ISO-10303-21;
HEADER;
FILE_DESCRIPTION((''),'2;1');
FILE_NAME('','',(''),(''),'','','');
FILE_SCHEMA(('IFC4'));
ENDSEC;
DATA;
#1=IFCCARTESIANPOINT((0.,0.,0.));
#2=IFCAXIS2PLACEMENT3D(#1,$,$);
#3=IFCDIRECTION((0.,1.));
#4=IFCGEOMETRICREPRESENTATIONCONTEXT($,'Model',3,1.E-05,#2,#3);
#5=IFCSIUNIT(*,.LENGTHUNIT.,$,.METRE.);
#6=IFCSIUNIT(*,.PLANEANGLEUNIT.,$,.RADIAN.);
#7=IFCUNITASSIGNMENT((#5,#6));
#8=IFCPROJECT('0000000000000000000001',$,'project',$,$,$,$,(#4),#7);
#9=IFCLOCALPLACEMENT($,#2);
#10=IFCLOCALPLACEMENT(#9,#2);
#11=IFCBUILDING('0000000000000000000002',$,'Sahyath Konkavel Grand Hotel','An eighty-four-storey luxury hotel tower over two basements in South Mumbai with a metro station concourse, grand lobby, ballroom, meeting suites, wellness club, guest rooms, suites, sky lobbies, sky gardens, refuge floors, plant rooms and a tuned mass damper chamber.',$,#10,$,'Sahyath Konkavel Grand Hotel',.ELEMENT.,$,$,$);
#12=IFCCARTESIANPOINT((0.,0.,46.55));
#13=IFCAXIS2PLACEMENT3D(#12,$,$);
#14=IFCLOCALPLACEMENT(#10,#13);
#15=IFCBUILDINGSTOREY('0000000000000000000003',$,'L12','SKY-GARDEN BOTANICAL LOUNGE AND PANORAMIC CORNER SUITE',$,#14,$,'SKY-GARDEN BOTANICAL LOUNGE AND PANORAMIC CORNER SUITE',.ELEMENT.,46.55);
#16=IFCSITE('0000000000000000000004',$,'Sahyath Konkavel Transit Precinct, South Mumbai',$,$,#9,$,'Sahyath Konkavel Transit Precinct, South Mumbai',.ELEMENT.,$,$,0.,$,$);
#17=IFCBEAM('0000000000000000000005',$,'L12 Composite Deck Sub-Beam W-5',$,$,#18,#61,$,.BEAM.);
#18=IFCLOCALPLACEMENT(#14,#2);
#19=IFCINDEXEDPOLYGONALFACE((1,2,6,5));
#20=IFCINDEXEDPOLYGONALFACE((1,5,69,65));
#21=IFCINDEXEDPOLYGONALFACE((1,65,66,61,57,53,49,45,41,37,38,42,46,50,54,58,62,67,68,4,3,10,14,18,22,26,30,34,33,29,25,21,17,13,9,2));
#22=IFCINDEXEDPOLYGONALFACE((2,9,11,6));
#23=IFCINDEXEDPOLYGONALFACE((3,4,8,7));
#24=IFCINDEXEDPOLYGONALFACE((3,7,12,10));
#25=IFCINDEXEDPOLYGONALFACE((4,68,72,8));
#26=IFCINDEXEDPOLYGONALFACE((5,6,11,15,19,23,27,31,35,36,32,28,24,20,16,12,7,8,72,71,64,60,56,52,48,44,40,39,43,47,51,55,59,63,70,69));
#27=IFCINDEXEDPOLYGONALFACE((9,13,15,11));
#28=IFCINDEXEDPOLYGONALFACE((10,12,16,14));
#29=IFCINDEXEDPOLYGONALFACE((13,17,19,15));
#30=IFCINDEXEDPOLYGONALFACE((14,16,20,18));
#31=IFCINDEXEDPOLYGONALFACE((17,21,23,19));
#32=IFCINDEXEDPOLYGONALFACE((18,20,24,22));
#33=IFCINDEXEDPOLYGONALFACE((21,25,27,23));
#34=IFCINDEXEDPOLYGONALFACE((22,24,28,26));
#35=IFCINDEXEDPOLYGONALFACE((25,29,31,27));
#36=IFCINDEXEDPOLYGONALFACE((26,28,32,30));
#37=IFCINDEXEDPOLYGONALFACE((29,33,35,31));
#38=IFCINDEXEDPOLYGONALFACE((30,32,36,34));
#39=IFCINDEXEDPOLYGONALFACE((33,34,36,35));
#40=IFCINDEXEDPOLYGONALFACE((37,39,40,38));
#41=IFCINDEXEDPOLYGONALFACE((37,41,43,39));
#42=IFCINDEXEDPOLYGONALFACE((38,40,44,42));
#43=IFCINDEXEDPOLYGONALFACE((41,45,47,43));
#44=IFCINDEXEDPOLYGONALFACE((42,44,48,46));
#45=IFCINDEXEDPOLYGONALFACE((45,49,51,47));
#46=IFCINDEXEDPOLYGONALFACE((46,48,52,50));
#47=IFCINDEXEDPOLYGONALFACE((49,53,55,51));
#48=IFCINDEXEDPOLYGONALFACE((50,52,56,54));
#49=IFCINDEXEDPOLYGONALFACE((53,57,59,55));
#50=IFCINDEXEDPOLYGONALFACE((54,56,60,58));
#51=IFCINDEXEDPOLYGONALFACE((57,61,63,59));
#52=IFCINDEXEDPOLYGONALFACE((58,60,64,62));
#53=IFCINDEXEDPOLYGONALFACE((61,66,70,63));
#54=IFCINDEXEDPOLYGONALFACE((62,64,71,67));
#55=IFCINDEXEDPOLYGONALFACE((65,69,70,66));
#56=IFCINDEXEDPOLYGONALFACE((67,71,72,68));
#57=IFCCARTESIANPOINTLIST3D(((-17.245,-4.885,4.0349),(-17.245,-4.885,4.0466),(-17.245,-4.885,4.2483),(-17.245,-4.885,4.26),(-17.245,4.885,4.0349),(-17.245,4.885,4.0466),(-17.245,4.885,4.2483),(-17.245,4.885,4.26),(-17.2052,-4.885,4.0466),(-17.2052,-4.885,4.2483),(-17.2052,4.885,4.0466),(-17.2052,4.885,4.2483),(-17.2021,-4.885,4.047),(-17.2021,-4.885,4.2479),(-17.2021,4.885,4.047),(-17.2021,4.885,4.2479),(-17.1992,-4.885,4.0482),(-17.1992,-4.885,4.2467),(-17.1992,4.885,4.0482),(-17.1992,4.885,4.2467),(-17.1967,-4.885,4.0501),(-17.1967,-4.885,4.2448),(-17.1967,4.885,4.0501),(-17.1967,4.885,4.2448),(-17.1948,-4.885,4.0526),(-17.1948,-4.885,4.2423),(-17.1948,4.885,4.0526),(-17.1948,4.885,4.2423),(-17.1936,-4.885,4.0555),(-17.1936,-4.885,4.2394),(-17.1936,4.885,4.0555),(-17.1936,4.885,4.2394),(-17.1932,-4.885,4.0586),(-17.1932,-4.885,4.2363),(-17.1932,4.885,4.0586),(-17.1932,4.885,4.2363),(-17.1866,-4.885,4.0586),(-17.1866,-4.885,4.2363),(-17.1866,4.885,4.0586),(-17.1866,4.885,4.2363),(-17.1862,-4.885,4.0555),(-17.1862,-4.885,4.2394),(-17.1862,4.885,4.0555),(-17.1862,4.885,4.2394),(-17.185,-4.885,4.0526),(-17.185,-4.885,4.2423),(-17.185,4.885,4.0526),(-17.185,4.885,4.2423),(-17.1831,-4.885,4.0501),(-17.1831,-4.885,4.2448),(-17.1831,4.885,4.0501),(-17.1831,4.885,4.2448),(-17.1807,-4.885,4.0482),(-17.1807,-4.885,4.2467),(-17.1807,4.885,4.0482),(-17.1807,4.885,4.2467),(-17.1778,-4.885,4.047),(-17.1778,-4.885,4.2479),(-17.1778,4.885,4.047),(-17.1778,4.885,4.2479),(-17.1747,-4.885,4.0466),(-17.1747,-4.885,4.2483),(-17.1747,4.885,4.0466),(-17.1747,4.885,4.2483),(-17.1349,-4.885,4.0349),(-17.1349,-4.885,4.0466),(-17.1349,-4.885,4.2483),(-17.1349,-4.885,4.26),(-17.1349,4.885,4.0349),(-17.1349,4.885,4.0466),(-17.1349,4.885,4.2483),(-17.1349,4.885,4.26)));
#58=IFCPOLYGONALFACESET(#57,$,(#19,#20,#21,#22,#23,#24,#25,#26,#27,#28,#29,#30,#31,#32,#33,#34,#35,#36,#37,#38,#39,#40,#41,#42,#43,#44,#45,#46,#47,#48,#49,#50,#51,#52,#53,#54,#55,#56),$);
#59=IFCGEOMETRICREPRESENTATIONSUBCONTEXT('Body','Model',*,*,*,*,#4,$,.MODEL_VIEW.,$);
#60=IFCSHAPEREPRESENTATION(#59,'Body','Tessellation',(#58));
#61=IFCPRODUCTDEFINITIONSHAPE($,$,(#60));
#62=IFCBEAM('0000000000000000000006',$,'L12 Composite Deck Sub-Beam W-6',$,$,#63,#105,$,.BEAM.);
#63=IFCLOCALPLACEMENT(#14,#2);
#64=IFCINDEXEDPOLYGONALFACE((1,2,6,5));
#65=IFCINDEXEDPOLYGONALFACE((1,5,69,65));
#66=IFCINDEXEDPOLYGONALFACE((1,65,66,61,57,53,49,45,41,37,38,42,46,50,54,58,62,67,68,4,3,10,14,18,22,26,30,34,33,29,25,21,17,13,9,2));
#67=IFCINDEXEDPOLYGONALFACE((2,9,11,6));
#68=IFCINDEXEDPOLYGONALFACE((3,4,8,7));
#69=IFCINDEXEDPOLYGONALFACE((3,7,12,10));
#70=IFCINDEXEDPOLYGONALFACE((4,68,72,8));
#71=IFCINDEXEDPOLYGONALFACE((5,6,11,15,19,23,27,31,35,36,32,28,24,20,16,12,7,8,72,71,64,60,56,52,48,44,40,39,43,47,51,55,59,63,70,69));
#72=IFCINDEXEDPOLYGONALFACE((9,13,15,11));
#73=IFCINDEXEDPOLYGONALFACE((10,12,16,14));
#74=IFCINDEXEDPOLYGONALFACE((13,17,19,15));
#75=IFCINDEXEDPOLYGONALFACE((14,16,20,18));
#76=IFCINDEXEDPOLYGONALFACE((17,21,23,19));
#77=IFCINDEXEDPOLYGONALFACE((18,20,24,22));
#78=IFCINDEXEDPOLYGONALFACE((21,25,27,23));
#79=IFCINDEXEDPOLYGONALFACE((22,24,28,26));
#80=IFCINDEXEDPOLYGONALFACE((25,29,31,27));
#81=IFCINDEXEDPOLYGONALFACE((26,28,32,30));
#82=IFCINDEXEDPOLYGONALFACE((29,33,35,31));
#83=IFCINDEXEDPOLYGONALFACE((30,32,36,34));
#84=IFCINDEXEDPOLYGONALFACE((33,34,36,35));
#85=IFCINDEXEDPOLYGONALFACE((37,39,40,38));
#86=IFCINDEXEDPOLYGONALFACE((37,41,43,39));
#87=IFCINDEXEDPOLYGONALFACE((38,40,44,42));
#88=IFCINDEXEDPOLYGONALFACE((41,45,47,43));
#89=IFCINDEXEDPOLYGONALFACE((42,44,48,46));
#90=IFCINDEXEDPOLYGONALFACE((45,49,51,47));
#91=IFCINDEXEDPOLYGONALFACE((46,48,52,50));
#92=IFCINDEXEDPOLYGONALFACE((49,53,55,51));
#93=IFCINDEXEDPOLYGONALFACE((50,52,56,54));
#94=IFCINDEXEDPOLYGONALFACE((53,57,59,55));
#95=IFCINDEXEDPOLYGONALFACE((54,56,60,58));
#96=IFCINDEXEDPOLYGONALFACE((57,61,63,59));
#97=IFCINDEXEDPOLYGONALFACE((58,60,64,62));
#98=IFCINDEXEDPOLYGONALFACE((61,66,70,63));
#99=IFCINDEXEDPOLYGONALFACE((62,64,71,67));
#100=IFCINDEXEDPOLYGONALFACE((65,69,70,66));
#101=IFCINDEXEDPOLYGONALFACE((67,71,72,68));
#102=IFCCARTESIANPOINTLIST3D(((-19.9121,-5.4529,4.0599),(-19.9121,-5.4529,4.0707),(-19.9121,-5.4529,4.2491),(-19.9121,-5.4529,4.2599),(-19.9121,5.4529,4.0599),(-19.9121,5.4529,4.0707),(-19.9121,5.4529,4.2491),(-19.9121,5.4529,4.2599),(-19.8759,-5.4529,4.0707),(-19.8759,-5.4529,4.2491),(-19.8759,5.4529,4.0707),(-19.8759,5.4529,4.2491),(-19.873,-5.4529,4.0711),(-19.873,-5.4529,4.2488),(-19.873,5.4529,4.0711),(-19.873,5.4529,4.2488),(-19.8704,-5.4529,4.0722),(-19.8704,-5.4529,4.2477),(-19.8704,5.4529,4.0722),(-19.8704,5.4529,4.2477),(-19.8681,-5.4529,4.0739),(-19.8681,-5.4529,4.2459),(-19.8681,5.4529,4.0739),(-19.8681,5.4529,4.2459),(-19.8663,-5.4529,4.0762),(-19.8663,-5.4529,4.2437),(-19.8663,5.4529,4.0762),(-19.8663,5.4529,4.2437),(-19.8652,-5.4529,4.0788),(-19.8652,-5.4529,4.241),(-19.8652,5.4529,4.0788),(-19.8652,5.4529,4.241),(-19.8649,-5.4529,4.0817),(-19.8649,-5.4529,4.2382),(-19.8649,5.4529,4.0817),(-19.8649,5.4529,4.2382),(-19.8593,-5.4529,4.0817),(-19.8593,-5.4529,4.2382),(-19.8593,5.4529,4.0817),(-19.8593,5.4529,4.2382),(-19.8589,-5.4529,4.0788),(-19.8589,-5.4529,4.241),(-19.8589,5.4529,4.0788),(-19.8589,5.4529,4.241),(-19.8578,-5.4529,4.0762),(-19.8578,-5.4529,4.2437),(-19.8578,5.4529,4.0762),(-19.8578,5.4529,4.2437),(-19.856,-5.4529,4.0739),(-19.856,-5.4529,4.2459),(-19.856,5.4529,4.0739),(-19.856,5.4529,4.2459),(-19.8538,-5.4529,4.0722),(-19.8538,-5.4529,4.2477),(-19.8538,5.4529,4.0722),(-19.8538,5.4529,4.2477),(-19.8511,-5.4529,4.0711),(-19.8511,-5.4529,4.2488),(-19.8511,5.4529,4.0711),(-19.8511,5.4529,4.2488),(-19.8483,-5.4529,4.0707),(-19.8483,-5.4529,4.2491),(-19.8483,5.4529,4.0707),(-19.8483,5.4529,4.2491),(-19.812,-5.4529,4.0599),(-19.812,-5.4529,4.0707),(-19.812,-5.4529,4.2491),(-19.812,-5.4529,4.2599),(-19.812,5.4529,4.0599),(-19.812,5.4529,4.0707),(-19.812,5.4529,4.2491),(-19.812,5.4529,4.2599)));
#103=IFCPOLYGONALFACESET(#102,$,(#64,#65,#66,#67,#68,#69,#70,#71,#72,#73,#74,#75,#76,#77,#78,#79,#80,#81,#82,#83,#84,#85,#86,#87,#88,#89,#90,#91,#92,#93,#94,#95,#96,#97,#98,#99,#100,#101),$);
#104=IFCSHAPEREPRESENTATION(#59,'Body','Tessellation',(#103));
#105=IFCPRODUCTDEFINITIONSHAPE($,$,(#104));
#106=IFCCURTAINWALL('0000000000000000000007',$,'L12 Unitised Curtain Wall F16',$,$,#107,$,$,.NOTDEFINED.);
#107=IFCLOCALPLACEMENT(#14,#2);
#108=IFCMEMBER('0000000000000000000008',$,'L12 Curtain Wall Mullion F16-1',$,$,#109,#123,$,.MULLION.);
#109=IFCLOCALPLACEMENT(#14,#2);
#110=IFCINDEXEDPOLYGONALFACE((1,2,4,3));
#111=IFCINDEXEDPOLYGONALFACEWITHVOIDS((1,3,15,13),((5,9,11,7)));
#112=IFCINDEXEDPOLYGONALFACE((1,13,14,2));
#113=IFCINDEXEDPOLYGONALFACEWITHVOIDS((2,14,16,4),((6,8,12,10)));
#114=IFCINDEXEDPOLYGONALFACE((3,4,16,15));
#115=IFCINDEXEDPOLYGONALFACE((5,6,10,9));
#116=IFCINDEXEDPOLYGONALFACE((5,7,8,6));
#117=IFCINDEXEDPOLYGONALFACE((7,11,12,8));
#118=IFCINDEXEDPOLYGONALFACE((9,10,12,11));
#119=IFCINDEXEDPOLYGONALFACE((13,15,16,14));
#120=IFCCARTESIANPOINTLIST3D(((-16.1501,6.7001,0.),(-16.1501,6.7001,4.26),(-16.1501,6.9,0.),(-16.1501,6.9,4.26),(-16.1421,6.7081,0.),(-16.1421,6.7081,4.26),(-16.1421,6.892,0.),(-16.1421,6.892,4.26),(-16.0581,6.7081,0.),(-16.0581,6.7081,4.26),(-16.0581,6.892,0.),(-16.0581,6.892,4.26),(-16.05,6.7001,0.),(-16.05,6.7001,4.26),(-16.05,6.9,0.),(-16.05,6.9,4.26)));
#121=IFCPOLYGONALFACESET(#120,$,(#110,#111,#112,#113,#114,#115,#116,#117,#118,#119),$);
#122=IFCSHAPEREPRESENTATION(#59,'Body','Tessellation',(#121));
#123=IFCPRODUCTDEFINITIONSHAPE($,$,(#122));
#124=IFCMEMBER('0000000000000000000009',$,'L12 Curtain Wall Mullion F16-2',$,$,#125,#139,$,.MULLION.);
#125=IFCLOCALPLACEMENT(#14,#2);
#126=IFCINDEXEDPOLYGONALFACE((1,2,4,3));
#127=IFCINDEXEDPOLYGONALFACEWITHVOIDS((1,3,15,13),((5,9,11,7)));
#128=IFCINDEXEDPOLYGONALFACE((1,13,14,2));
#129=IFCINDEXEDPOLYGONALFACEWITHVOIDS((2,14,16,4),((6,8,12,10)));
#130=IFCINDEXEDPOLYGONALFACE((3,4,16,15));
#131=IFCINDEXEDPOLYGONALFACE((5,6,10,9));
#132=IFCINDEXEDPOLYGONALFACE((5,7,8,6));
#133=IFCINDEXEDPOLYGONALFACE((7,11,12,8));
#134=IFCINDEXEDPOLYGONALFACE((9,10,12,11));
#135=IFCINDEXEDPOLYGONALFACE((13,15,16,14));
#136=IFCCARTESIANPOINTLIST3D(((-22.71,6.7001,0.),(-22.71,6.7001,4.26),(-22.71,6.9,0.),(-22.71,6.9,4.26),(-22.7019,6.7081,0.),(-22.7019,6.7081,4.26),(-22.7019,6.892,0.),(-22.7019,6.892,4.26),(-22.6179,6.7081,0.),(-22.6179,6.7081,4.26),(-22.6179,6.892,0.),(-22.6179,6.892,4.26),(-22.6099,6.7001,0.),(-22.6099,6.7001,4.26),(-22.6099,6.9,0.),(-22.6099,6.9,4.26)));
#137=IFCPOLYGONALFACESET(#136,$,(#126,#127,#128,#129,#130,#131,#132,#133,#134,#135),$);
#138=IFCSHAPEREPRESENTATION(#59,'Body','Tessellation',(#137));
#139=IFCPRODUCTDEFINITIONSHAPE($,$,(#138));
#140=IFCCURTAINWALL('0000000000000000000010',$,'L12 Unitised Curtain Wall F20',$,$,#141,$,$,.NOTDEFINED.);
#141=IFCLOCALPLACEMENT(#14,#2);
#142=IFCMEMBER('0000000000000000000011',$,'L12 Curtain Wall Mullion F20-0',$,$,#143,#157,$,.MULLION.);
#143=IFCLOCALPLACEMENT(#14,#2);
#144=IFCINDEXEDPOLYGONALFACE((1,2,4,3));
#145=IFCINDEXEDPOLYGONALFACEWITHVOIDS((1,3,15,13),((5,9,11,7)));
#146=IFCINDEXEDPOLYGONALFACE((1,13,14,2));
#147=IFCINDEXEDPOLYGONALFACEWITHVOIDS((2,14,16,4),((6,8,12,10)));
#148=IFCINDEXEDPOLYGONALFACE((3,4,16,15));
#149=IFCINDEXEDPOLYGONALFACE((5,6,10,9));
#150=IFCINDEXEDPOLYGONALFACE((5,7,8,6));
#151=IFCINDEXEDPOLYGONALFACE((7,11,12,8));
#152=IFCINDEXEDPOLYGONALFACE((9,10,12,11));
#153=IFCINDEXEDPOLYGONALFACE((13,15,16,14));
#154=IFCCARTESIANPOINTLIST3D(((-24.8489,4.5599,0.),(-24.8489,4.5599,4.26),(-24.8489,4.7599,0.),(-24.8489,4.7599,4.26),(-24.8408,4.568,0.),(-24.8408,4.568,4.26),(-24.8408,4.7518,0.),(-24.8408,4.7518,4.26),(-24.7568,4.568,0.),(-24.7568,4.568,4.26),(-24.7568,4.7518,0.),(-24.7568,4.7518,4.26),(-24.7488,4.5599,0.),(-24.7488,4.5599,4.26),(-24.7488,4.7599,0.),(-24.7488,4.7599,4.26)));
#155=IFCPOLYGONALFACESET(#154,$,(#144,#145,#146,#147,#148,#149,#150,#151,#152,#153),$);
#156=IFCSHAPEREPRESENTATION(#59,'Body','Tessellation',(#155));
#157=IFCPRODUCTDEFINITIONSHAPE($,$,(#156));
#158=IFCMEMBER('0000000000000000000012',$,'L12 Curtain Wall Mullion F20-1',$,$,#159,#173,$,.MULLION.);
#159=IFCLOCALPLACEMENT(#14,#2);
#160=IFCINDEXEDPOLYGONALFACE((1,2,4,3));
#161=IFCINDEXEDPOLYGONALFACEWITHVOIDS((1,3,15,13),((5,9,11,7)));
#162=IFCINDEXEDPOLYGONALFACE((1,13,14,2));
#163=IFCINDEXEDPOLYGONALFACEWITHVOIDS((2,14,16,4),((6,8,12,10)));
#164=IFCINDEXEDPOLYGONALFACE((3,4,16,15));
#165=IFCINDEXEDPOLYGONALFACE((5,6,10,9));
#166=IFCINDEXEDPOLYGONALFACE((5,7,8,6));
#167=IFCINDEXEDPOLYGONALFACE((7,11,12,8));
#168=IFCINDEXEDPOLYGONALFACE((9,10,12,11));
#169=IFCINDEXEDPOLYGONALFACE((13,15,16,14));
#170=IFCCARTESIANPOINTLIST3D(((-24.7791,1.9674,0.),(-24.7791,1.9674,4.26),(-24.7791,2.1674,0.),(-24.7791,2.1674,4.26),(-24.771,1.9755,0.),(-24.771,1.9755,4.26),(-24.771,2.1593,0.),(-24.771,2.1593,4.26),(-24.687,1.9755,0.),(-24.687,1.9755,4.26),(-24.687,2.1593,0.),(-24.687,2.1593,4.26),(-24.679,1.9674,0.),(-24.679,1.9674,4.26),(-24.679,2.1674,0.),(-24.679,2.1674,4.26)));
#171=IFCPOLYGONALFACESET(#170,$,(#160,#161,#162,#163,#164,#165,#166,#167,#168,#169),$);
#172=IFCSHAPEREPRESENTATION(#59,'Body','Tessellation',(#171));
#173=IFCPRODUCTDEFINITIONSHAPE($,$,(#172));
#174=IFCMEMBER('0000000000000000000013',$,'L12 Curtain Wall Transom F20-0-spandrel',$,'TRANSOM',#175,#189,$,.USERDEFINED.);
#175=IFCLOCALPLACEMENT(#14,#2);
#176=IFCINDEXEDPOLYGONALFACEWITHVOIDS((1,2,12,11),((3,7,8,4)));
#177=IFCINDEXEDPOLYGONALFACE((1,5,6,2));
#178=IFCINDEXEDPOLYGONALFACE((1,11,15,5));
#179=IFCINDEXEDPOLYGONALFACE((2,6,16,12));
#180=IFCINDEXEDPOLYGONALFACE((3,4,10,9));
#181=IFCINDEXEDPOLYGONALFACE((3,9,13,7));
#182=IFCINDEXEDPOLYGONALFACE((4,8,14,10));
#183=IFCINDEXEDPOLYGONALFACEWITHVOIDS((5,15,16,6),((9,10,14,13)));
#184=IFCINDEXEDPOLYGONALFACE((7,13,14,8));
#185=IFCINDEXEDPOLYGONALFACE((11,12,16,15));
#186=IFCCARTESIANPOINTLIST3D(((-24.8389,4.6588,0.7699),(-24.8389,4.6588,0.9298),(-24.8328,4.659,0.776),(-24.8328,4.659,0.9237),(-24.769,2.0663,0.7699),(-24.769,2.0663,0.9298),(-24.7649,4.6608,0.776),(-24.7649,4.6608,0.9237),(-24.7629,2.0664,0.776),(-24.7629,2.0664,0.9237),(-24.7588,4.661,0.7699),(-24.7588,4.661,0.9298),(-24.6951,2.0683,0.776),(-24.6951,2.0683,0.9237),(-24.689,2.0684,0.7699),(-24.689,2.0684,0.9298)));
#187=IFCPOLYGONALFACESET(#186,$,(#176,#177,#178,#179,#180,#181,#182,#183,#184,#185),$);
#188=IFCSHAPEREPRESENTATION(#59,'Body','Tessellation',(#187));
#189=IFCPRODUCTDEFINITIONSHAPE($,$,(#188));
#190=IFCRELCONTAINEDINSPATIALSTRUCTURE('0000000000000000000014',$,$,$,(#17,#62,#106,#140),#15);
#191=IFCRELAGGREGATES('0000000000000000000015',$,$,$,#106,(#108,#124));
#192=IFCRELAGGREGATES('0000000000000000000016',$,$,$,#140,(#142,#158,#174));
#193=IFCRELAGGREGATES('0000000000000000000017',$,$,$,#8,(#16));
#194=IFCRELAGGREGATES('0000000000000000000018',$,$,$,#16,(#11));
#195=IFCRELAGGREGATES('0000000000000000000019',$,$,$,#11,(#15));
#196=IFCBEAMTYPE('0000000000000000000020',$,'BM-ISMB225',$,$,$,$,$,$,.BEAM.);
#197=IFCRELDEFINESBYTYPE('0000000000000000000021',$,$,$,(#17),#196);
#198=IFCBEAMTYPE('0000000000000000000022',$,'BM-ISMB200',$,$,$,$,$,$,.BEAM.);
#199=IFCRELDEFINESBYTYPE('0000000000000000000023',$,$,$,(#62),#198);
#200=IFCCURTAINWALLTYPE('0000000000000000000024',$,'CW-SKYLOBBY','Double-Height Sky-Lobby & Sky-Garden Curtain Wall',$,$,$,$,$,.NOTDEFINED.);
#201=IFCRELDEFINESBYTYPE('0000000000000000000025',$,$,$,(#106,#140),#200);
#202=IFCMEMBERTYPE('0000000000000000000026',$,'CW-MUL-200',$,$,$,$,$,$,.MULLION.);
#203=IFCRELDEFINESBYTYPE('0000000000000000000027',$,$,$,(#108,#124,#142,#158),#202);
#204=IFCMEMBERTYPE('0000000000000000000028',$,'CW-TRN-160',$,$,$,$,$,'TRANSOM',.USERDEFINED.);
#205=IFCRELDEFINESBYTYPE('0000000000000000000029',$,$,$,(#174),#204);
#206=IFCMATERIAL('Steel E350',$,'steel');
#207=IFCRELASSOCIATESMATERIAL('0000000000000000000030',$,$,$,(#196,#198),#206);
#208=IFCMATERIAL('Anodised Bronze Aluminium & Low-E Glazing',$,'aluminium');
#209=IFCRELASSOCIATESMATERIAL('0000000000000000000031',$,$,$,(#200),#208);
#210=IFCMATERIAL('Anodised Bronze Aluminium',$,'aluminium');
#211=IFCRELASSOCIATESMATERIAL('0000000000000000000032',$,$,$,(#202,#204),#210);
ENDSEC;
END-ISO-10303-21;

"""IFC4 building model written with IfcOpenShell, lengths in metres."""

from ifc_helpers import new_model, si_unit, direction, frame, origin, origin_2d, place, context, subcontext, project, spatial, hollow_rectangle, i_section, extrude, source, transform, mapped, material, material_profile, profile_set, type_object, element, aggregate, save


model = new_model("IFC4")

# Units and contexts
model_context = context("Model", 3, precision=1e-05, world=origin(), true_north=direction((0.0, 1.0)))
body_context = subcontext(model_context, "Body", "Model", "MODEL_VIEW")
ifc_project = project(units=[si_unit("LENGTHUNIT", "METRE"), si_unit("PLANEANGLEUNIT", "RADIAN")], contexts=[model_context])

# Site, building, storey
site_placement = place(None, origin())
site = spatial("IfcSite", under=ifc_project, at=site_placement, Name="Sahyath Konkavel Transit Precinct, South Mumbai", LongName="Sahyath Konkavel Transit Precinct, South Mumbai", CompositionType="ELEMENT", RefElevation=0.0)
building_placement = place(site_placement, origin())
building = spatial("IfcBuilding", under=site, at=building_placement, Name="Sahyath Konkavel Grand Hotel", Description="An eighty-four-storey luxury hotel tower over two basements in South Mumbai with a metro station concourse, grand lobby, ballroom, meeting suites, wellness club, guest rooms, suites, sky lobbies, sky gardens, refuge floors, plant rooms and a tuned mass damper chamber.", LongName="Sahyath Konkavel Grand Hotel", CompositionType="ELEMENT")
storey_placement = place(building_placement, frame((0.0, 0.0, 46.55)))
storey = spatial("IfcBuildingStorey", under=building, at=storey_placement, Name="L12", Description="SKY-GARDEN BOTANICAL LOUNGE AND PANORAMIC CORNER SUITE", LongName="SKY-GARDEN BOTANICAL LOUNGE AND PANORAMIC CORNER SUITE", CompositionType="ELEMENT", Elevation=46.55)

# Beams
ifc_material_1 = material(Name="Steel E350", Category="steel")
ifc_material_profile_1 = material_profile(ifc_material_1, i_section(OverallWidth=0.1101, OverallDepth=0.2251, WebThickness=0.0066, FlangeThickness=0.0117, FilletRadius=0.012, at=origin_2d()), Name="ISMB 225")
ifc_profile_set_1 = profile_set([ifc_material_profile_1], Name="Steel E350")
beam_type_1 = type_object("IfcBeamType", Name="BM-ISMB225", PredefinedType="BEAM", material=ifc_profile_set_1)
shared_shape_1 = source(origin(), body_context, "Body", "SweptSolid", [
    extrude(i_section(OverallWidth=0.1101, OverallDepth=0.2251, WebThickness=0.0066, FlangeThickness=0.0117, FilletRadius=0.012, at=origin_2d()), origin(), (0.0, 0.0, 1.0), 9.77),
])
beam_1_placement = place(storey_placement, frame((-17.1899, 4.885, 4.1475), z_axis=(0.0, -1.0, 0.0), x_axis=(1.0, 0.0, 0.0)))
element("IfcBeam", 1, at=beam_1_placement, inside=storey, type_object=beam_type_1, Name="L12 Composite Deck Sub-Beam W-5", PredefinedType="BEAM", context=body_context, shape_type="MappedRepresentation", body=[
    mapped(shared_shape_1, transform((0.0, 0.0, 0.0), scale=1.0)),
])
ifc_material_profile_2 = material_profile(ifc_material_1, i_section(OverallWidth=0.1001, OverallDepth=0.2, WebThickness=0.0056, FlangeThickness=0.0107, FilletRadius=0.011, at=origin_2d()), Name="ISMB 200")
ifc_profile_set_2 = profile_set([ifc_material_profile_2], Name="Steel E350")
beam_type_2 = type_object("IfcBeamType", Name="BM-ISMB200", PredefinedType="BEAM", material=ifc_profile_set_2)
shared_shape_2 = source(origin(), body_context, "Body", "SweptSolid", [
    extrude(i_section(OverallWidth=0.1001, OverallDepth=0.2, WebThickness=0.0056, FlangeThickness=0.0107, FilletRadius=0.011, at=origin_2d()), origin(), (0.0, 0.0, 1.0), 10.9058),
])
beam_2_placement = place(storey_placement, frame((-19.8621, 5.4529, 4.1599), z_axis=(0.0, -1.0, 0.0), x_axis=(1.0, 0.0, 0.0)))
element("IfcBeam", 2, at=beam_2_placement, inside=storey, type_object=beam_type_2, Name="L12 Composite Deck Sub-Beam W-6", PredefinedType="BEAM", context=body_context, shape_type="MappedRepresentation", body=[
    mapped(shared_shape_2, transform((0.0, 0.0, 0.0), scale=1.0)),
])

# Curtain walls, members
ifc_material_2 = material(Name="Anodised Bronze Aluminium & Low-E Glazing", Category="aluminium")
curtain_wall_type = type_object("IfcCurtainWallType", Name="CW-SKYLOBBY", Description="Double-Height Sky-Lobby & Sky-Garden Curtain Wall", PredefinedType="NOTDEFINED", material=ifc_material_2)
curtain_wall_1_placement = place(storey_placement, origin())
curtain_wall_1 = element("IfcCurtainWall", 3, at=curtain_wall_1_placement, inside=storey, type_object=curtain_wall_type, Name="L12 Unitised Curtain Wall F16", PredefinedType="NOTDEFINED")
ifc_material_3 = material(Name="Anodised Bronze Aluminium", Category="aluminium")
ifc_material_profile_3 = material_profile(ifc_material_3, hollow_rectangle(XDim=0.1001, YDim=0.2, WallThickness=0.0081, at=origin_2d()), Name="RHS 200x100x8")
ifc_profile_set_3 = profile_set([ifc_material_profile_3], Name="Anodised Bronze Aluminium")
member_type_1 = type_object("IfcMemberType", Name="CW-MUL-200", PredefinedType="MULLION", material=ifc_profile_set_3)
shared_shape_3 = source(origin(), body_context, "Body", "SweptSolid", [
    extrude(hollow_rectangle(XDim=0.1001, YDim=0.2, WallThickness=0.0081, at=origin_2d()), origin(), (0.0, 0.0, 1.0), 4.26),
])
member_1_placement = place(storey_placement, frame((-16.1001, 6.8, 0.0), z_axis=(0.0, 0.0, 1.0), x_axis=(1.0, 0.0, 0.0)))
member_1 = element("IfcMember", 4, at=member_1_placement, type_object=member_type_1, Name="L12 Curtain Wall Mullion F16-1", PredefinedType="MULLION", context=body_context, shape_type="MappedRepresentation", body=[
    mapped(shared_shape_3, transform((0.0, 0.0, 0.0), scale=1.0)),
])
member_2_placement = place(storey_placement, frame((-22.6599, 6.8, 0.0), z_axis=(0.0, 0.0, 1.0), x_axis=(1.0, 0.0, 0.0)))
member_2 = element("IfcMember", 5, at=member_2_placement, type_object=member_type_1, Name="L12 Curtain Wall Mullion F16-2", PredefinedType="MULLION", context=body_context, shape_type="MappedRepresentation", body=[
    mapped(shared_shape_3, transform((0.0, 0.0, 0.0), scale=1.0)),
])
curtain_wall_2_placement = place(storey_placement, origin())
curtain_wall_2 = element("IfcCurtainWall", 6, at=curtain_wall_2_placement, inside=storey, type_object=curtain_wall_type, Name="L12 Unitised Curtain Wall F20", PredefinedType="NOTDEFINED")
member_3_placement = place(storey_placement, frame((-24.7988, 4.6599, 0.0), z_axis=(0.0, 0.0, 1.0), x_axis=(1.0, 0.0, 0.0)))
member_3 = element("IfcMember", 7, at=member_3_placement, type_object=member_type_1, Name="L12 Curtain Wall Mullion F20-0", PredefinedType="MULLION", context=body_context, shape_type="MappedRepresentation", body=[
    mapped(shared_shape_3, transform((0.0, 0.0, 0.0), scale=1.0)),
])
member_4_placement = place(storey_placement, frame((-24.729, 2.0674, 0.0), z_axis=(0.0, 0.0, 1.0), x_axis=(1.0, 0.0, 0.0)))
member_4 = element("IfcMember", 8, at=member_4_placement, type_object=member_type_1, Name="L12 Curtain Wall Mullion F20-1", PredefinedType="MULLION", context=body_context, shape_type="MappedRepresentation", body=[
    mapped(shared_shape_3, transform((0.0, 0.0, 0.0), scale=1.0)),
])
ifc_material_profile_4 = material_profile(ifc_material_3, hollow_rectangle(XDim=0.0801, YDim=0.1599, WallThickness=0.0061, at=origin_2d()), Name="RHS 160x80x6")
ifc_profile_set_4 = profile_set([ifc_material_profile_4], Name="Anodised Bronze Aluminium")
member_type_2 = type_object("IfcMemberType", Name="CW-TRN-160", ElementType="TRANSOM", PredefinedType="USERDEFINED", material=ifc_profile_set_4)
shared_shape_4 = source(origin(), body_context, "Body", "SweptSolid", [
    extrude(hollow_rectangle(XDim=0.0801, YDim=0.1599, WallThickness=0.0061, at=origin_2d()), origin(), (0.0, 0.0, 1.0), 2.5935),
])
member_5_placement = place(storey_placement, frame((-24.7988, 4.6599, 0.8499), z_axis=(0.026923, -0.999638, 0.0), x_axis=(0.999638, 0.026923, 0.0)))
member_5 = element("IfcMember", 9, at=member_5_placement, type_object=member_type_2, Name="L12 Curtain Wall Transom F20-0-spandrel", ObjectType="TRANSOM", PredefinedType="USERDEFINED", context=body_context, shape_type="MappedRepresentation", body=[
    mapped(shared_shape_4, transform((0.0, 0.0, 0.0), scale=1.0)),
])

aggregate(curtain_wall_1, [member_1, member_2])
aggregate(curtain_wall_2, [member_3, member_4, member_5])

save(model, "model.ifc")
